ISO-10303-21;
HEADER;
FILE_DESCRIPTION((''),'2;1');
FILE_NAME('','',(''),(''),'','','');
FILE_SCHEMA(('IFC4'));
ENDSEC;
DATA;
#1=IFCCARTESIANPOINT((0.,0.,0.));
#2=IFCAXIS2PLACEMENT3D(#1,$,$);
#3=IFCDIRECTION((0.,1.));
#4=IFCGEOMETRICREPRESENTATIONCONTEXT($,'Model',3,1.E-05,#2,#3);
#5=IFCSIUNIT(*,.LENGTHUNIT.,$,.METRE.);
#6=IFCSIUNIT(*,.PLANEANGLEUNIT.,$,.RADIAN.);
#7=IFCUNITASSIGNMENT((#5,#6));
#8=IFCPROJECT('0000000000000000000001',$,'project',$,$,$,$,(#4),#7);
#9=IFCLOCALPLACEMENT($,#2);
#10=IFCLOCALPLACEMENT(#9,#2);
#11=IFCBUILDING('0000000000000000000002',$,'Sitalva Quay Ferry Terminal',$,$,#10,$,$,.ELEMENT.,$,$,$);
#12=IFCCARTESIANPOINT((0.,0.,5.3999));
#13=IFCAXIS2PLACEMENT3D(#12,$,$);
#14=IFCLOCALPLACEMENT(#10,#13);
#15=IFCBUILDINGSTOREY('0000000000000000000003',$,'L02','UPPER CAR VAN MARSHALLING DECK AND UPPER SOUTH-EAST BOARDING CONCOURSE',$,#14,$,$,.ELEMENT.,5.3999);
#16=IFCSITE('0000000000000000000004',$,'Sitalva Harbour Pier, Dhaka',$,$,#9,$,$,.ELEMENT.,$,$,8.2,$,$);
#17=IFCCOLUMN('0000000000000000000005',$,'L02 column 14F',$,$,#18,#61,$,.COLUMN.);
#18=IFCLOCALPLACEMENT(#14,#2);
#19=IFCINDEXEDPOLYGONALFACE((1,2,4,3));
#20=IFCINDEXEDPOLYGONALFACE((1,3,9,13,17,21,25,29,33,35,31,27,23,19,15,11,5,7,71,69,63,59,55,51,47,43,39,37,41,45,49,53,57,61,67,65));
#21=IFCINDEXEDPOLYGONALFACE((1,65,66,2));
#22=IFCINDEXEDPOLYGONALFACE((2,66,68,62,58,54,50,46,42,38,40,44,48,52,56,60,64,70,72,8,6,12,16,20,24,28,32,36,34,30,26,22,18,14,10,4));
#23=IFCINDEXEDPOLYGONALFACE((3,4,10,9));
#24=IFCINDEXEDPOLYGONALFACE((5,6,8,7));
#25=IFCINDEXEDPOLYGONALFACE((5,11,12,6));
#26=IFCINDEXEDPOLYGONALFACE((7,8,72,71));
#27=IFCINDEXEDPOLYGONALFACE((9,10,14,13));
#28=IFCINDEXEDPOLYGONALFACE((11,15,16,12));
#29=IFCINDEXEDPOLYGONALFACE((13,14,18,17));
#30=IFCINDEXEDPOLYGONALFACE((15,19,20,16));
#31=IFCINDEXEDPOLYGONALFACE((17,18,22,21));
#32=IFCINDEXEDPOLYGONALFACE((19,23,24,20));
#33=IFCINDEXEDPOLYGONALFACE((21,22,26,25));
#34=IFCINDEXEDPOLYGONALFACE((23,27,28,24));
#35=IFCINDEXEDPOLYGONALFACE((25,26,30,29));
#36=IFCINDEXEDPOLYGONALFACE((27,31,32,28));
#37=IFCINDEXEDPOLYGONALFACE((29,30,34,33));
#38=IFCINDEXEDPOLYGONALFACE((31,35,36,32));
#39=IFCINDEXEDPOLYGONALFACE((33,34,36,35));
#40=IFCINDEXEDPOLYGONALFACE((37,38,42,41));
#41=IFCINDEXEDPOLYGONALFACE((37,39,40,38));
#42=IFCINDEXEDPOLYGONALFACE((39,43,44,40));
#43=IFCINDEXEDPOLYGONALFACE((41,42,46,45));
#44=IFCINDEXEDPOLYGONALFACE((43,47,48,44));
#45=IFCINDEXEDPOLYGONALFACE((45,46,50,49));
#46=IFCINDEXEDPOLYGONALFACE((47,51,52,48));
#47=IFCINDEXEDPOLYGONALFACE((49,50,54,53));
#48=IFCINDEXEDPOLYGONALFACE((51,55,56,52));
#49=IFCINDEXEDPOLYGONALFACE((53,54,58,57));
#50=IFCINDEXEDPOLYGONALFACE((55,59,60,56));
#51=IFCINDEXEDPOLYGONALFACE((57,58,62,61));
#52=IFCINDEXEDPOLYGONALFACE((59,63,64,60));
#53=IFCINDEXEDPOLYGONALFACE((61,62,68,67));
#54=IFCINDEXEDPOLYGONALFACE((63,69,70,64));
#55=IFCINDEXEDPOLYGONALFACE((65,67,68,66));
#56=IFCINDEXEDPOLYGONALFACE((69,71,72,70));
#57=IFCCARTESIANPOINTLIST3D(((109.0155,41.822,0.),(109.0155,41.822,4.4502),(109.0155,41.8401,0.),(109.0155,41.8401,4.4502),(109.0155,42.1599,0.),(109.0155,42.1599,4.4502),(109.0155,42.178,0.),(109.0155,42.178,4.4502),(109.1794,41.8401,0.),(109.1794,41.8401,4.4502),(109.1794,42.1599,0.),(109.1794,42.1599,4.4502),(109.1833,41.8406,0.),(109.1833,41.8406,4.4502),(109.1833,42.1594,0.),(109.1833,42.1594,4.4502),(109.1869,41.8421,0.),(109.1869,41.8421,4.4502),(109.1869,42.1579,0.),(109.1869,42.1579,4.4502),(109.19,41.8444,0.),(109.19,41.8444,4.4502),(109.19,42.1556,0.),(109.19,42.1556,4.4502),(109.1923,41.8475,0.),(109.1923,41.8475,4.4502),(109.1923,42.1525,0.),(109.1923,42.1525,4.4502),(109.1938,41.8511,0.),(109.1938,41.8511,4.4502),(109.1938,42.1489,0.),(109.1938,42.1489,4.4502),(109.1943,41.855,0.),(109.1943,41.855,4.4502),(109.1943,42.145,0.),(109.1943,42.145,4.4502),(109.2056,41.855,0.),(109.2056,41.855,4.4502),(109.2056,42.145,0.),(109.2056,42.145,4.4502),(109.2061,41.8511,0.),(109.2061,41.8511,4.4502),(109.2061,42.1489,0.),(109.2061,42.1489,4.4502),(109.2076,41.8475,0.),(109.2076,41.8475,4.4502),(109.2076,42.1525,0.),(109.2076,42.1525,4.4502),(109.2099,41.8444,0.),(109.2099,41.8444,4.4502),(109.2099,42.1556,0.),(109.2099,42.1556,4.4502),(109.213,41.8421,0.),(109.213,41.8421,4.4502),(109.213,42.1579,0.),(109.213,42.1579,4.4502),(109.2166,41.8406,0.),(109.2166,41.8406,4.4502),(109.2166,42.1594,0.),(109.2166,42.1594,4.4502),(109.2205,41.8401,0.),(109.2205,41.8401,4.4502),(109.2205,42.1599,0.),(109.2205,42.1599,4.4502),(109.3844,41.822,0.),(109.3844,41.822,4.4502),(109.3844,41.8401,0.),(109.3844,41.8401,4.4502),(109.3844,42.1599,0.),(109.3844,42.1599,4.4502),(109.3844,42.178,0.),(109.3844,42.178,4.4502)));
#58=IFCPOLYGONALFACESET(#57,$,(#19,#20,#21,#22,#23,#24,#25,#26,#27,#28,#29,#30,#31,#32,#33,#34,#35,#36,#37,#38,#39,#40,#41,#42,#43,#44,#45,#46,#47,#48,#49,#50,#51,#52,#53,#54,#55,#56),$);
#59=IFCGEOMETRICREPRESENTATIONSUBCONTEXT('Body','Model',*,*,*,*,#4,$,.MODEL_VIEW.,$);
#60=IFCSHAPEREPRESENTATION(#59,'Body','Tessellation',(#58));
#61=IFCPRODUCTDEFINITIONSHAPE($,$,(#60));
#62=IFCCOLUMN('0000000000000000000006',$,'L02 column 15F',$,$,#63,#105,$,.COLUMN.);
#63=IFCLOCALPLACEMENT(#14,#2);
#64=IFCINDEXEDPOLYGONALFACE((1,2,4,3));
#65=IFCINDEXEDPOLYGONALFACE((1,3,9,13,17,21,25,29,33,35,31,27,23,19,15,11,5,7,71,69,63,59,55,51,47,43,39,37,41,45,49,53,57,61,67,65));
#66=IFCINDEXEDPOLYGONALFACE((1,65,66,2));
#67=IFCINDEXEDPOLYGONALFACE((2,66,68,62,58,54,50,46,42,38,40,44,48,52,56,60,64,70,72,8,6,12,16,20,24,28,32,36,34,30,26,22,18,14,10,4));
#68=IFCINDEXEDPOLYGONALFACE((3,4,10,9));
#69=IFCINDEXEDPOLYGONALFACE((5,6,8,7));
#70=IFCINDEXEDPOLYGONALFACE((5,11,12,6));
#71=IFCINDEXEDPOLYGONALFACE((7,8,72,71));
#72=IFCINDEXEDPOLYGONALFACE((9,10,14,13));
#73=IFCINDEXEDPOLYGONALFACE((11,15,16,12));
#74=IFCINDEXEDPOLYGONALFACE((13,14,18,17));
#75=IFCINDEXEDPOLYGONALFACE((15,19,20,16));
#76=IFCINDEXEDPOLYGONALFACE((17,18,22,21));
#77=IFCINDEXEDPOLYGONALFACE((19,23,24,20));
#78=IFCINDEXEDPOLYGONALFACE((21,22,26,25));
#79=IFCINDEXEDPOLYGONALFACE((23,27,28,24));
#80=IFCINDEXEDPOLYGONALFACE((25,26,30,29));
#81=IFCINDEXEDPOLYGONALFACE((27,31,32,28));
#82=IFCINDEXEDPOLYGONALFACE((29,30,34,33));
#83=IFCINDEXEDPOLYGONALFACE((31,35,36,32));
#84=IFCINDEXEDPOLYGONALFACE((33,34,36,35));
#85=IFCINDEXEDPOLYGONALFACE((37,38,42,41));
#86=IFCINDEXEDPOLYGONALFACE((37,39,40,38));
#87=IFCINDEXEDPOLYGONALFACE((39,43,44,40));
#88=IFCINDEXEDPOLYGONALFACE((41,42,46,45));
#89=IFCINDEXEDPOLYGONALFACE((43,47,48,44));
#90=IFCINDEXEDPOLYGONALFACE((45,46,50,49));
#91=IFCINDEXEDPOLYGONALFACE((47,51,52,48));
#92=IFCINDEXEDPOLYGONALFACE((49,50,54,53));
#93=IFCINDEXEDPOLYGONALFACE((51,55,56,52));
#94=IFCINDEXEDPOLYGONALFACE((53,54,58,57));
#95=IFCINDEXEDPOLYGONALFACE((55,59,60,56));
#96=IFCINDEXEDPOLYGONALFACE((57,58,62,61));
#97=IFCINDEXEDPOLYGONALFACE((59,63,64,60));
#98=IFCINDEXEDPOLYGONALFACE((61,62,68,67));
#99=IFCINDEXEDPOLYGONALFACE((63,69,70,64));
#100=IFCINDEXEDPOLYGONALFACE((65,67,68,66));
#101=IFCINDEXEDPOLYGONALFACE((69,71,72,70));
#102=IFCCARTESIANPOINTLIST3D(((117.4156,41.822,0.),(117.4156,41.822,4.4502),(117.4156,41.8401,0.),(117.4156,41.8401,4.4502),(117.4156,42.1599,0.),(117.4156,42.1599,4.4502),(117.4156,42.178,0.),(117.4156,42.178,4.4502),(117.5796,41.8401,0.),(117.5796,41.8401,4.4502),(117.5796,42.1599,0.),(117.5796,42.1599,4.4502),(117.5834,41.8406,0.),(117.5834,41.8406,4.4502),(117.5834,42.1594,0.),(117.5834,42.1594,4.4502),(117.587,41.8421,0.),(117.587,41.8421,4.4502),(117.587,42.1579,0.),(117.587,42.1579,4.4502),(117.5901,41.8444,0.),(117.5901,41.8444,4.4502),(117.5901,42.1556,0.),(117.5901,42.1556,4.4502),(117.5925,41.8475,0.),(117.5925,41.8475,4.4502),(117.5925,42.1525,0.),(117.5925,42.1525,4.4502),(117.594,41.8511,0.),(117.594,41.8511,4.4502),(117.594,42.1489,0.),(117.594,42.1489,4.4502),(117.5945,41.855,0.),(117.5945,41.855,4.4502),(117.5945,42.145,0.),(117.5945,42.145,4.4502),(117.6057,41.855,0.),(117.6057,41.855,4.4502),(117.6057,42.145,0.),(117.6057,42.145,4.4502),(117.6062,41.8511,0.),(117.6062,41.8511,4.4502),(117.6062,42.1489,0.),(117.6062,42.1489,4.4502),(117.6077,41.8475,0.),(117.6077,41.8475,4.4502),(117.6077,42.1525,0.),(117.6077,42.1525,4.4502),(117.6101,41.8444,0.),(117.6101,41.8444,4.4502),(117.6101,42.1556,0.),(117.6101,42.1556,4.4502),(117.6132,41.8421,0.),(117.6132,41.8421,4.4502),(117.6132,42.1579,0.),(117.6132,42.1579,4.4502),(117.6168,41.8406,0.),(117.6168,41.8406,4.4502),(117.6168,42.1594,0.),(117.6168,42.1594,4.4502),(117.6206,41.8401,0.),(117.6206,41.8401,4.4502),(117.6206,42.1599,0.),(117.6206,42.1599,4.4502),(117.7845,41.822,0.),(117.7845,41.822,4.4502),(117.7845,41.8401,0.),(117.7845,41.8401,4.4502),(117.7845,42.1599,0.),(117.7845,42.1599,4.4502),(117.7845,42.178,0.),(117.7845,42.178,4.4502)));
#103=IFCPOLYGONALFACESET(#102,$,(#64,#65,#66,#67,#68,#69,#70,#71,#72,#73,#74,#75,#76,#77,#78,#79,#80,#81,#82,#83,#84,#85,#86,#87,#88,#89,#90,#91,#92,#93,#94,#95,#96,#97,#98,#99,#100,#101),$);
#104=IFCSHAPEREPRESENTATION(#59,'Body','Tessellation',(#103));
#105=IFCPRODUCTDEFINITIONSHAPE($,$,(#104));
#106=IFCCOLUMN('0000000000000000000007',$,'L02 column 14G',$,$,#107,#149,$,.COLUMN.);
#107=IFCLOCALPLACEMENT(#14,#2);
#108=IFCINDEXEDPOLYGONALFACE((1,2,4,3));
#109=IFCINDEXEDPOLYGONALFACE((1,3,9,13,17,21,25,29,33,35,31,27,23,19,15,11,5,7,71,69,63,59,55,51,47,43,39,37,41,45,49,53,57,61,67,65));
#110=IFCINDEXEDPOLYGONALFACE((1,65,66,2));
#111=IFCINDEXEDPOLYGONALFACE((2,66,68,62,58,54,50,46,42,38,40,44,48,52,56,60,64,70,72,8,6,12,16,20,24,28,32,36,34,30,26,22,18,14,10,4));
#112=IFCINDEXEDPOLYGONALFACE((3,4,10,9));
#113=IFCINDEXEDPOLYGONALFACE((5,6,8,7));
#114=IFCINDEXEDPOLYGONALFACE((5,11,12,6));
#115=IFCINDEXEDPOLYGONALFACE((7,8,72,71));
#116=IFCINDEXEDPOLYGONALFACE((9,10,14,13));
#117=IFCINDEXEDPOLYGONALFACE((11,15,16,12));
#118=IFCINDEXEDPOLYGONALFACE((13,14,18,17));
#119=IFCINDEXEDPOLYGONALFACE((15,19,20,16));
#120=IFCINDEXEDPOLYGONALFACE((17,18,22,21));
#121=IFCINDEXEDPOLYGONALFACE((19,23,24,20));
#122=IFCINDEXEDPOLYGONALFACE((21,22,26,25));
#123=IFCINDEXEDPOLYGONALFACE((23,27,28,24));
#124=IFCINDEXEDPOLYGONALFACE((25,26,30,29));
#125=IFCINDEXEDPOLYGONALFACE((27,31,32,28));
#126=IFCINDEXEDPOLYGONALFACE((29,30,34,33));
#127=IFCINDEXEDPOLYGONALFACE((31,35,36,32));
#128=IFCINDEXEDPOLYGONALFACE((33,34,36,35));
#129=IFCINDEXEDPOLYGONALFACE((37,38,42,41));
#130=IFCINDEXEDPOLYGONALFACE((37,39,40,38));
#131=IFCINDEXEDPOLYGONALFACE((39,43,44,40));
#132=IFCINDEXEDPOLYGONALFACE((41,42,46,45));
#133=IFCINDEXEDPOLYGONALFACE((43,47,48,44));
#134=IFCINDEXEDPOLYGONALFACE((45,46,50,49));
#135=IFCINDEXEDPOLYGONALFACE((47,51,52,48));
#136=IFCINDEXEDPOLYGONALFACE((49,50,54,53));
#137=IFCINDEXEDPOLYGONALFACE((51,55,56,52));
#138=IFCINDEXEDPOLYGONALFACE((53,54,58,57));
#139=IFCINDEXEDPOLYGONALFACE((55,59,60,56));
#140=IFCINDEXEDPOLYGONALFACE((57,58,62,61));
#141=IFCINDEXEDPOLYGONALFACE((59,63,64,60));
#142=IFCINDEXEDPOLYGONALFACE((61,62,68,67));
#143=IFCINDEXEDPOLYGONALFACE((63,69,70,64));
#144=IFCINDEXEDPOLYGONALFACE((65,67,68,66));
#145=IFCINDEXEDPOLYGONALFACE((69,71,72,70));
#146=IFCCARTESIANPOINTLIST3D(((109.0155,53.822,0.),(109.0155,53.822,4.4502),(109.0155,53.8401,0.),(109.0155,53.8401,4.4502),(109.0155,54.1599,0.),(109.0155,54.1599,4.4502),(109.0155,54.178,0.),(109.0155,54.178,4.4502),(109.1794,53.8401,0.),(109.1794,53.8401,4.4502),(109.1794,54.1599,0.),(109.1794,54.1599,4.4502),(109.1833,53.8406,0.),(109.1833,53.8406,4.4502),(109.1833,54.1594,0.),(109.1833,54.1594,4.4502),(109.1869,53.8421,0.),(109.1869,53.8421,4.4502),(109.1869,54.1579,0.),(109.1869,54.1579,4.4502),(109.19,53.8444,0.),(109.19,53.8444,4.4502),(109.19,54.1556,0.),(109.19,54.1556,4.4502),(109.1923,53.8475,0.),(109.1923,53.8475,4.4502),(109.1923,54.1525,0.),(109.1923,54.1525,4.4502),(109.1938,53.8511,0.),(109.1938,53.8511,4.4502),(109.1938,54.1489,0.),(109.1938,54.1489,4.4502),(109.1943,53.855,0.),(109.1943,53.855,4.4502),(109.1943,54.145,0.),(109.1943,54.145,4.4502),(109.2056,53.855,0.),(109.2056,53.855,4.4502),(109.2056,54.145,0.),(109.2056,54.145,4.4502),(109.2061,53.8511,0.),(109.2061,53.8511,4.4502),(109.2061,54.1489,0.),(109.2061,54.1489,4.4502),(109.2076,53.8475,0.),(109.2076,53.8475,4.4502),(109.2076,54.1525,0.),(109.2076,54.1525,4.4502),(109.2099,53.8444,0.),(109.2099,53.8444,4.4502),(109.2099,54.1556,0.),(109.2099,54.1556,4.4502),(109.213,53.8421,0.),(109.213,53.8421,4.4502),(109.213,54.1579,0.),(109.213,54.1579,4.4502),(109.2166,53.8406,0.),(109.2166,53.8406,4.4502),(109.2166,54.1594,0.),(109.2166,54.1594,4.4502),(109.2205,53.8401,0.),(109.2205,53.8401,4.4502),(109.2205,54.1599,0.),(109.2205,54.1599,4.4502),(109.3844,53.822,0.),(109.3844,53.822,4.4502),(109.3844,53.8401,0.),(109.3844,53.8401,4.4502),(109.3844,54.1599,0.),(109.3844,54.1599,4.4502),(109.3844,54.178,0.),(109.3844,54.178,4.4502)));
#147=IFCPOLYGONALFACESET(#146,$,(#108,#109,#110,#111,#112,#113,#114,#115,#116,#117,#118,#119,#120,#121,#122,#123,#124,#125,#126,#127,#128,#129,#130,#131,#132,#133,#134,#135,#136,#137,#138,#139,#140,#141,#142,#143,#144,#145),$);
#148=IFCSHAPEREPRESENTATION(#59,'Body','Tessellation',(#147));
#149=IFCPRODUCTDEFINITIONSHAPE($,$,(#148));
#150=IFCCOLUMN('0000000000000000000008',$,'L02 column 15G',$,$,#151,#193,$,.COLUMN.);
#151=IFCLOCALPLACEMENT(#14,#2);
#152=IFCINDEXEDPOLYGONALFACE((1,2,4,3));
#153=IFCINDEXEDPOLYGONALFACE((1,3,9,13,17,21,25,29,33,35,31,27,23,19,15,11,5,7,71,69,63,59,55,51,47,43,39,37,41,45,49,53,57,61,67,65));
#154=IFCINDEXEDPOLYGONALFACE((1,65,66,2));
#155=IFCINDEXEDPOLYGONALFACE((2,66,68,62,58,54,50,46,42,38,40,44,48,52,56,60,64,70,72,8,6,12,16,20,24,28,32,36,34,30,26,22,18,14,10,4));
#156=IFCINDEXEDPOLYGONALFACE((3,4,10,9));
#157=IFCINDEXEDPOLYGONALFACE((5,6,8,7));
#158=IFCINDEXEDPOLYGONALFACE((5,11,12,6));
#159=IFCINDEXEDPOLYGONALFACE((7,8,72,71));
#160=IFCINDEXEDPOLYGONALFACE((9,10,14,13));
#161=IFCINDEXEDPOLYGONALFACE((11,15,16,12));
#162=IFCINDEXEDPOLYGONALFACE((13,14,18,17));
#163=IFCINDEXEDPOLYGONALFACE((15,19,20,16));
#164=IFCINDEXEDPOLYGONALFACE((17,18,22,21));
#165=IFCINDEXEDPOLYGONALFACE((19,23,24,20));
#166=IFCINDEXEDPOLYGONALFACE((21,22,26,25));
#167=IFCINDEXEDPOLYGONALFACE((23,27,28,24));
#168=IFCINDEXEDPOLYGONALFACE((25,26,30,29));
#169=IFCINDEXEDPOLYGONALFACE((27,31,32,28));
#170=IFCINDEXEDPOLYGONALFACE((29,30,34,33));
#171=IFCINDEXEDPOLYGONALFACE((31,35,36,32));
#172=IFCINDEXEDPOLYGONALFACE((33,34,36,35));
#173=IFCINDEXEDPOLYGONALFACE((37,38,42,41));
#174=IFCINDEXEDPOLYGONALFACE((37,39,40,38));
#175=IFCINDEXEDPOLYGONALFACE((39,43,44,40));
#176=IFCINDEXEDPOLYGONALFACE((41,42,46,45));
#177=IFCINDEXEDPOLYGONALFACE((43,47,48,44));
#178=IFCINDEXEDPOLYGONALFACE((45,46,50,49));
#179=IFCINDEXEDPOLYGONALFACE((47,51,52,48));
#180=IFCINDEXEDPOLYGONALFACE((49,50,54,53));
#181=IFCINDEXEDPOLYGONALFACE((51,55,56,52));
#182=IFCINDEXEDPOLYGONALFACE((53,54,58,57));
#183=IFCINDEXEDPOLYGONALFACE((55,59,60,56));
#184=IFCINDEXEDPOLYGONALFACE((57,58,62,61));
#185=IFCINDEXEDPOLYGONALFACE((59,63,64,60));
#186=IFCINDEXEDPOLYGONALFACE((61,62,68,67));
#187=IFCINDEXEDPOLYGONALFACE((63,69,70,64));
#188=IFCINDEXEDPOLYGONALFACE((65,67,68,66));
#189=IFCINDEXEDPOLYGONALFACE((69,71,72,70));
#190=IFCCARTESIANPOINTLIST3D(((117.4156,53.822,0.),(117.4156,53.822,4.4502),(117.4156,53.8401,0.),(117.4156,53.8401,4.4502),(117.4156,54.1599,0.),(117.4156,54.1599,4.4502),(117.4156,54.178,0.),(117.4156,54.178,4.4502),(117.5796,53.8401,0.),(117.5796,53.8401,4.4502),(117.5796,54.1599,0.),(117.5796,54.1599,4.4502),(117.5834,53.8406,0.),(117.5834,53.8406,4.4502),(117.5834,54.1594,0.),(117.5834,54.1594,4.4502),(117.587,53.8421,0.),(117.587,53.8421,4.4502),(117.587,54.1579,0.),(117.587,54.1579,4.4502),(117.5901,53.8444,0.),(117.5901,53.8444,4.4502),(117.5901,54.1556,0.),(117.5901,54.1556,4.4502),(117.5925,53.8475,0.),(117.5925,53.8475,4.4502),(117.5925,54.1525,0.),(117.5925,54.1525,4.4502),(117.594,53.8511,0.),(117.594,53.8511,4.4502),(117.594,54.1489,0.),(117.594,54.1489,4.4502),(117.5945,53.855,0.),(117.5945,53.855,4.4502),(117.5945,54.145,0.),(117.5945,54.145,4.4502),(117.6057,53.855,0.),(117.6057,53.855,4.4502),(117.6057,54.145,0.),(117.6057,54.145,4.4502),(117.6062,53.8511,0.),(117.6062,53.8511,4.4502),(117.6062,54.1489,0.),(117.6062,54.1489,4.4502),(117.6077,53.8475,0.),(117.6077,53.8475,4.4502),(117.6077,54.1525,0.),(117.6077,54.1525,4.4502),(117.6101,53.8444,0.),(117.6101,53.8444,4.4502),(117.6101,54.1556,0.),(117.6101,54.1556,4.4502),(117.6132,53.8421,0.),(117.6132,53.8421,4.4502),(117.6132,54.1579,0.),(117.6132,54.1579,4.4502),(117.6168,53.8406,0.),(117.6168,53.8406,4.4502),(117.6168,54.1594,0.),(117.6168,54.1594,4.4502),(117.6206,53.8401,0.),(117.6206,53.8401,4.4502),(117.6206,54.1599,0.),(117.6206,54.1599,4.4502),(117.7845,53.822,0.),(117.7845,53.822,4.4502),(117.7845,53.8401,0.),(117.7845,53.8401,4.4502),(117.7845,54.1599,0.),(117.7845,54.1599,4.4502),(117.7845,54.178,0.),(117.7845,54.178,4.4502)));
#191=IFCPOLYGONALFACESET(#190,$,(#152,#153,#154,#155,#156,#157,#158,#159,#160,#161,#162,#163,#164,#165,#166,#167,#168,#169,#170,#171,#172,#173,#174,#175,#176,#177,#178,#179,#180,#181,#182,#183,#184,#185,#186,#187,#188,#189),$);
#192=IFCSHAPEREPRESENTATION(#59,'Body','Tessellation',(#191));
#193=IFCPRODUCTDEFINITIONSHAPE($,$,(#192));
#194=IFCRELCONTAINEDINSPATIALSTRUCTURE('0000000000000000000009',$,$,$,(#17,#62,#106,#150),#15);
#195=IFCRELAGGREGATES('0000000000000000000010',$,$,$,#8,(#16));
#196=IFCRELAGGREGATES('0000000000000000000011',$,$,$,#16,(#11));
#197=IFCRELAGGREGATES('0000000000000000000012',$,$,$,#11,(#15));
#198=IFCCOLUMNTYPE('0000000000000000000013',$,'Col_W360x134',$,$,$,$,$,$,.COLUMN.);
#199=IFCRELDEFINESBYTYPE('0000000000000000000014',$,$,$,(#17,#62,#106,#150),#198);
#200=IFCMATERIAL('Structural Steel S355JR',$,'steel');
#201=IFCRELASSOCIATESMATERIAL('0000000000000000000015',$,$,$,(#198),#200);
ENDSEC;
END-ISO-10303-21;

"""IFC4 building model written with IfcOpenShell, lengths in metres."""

from ifc_helpers import new_model, si_unit, direction, frame, origin, origin_2d, place, context, subcontext, project, spatial, i_section, extrude, material, material_profile, profile_set, type_object, element, save


model = new_model("IFC4")

# Units and contexts
model_context = context("Model", 3, precision=1e-05, world=origin(), true_north=direction((0.0, 1.0)))
body_context = subcontext(model_context, "Body", "Model", "MODEL_VIEW")
ifc_project = project(units=[si_unit("LENGTHUNIT", "METRE"), si_unit("PLANEANGLEUNIT", "RADIAN")], contexts=[model_context])

# Site, building, storey
site_placement = place(None, origin())
site = spatial("IfcSite", under=ifc_project, at=site_placement, Name="Sitalva Harbour Pier, Dhaka", CompositionType="ELEMENT", RefElevation=8.2)
building_placement = place(site_placement, origin())
building = spatial("IfcBuilding", under=site, at=building_placement, Name="Sitalva Quay Ferry Terminal", CompositionType="ELEMENT")
storey_placement = place(building_placement, frame((0.0, 0.0, 5.3999)))
storey = spatial("IfcBuildingStorey", under=building, at=storey_placement, Name="L02", Description="UPPER CAR VAN MARSHALLING DECK AND UPPER SOUTH-EAST BOARDING CONCOURSE", CompositionType="ELEMENT", Elevation=5.3999)

# Columns
ifc_material_1 = material(Name="Structural Steel S355JR", Category="steel")
ifc_material_profile_1 = material_profile(ifc_material_1, i_section(OverallWidth=0.3689, OverallDepth=0.356, WebThickness=0.0112, FlangeThickness=0.0181, FilletRadius=0.0149, at=origin_2d()), Name="W360x134")
ifc_profile_set_1 = profile_set([ifc_material_profile_1], Name="Structural Steel S355JR")
column_type = type_object("IfcColumnType", Name="Col_W360x134", PredefinedType="COLUMN", material=ifc_profile_set_1)
for number, where, z_axis, x_axis, name in (
    (1, (109.2, 42.0, 0.0), (0.0, 0.0, 1.0), (1.0, 0.0, 0.0), "L02 column 14F"),
    (2, (117.6001, 42.0, 0.0), (0.0, 0.0, 1.0), (1.0, 0.0, 0.0), "L02 column 15F"),
    (3, (109.2, 54.0, 0.0), (0.0, 0.0, 1.0), (1.0, 0.0, 0.0), "L02 column 14G"),
    (4, (117.6001, 54.0, 0.0), (0.0, 0.0, 1.0), (1.0, 0.0, 0.0), "L02 column 15G"),
):
    element("IfcColumn", number, at=place(storey_placement, frame(where, z_axis=z_axis, x_axis=x_axis)), inside=storey, type_object=column_type, Name=name, PredefinedType="COLUMN", context=body_context, shape_type="SweptSolid", body=[
        extrude(i_section(OverallWidth=0.3689, OverallDepth=0.356, WebThickness=0.0112, FlangeThickness=0.0181, FilletRadius=0.0149, at=origin_2d()), origin(), (0.0, 0.0, 1.0), 4.4502),
    ])

save(model, "model.ifc")
